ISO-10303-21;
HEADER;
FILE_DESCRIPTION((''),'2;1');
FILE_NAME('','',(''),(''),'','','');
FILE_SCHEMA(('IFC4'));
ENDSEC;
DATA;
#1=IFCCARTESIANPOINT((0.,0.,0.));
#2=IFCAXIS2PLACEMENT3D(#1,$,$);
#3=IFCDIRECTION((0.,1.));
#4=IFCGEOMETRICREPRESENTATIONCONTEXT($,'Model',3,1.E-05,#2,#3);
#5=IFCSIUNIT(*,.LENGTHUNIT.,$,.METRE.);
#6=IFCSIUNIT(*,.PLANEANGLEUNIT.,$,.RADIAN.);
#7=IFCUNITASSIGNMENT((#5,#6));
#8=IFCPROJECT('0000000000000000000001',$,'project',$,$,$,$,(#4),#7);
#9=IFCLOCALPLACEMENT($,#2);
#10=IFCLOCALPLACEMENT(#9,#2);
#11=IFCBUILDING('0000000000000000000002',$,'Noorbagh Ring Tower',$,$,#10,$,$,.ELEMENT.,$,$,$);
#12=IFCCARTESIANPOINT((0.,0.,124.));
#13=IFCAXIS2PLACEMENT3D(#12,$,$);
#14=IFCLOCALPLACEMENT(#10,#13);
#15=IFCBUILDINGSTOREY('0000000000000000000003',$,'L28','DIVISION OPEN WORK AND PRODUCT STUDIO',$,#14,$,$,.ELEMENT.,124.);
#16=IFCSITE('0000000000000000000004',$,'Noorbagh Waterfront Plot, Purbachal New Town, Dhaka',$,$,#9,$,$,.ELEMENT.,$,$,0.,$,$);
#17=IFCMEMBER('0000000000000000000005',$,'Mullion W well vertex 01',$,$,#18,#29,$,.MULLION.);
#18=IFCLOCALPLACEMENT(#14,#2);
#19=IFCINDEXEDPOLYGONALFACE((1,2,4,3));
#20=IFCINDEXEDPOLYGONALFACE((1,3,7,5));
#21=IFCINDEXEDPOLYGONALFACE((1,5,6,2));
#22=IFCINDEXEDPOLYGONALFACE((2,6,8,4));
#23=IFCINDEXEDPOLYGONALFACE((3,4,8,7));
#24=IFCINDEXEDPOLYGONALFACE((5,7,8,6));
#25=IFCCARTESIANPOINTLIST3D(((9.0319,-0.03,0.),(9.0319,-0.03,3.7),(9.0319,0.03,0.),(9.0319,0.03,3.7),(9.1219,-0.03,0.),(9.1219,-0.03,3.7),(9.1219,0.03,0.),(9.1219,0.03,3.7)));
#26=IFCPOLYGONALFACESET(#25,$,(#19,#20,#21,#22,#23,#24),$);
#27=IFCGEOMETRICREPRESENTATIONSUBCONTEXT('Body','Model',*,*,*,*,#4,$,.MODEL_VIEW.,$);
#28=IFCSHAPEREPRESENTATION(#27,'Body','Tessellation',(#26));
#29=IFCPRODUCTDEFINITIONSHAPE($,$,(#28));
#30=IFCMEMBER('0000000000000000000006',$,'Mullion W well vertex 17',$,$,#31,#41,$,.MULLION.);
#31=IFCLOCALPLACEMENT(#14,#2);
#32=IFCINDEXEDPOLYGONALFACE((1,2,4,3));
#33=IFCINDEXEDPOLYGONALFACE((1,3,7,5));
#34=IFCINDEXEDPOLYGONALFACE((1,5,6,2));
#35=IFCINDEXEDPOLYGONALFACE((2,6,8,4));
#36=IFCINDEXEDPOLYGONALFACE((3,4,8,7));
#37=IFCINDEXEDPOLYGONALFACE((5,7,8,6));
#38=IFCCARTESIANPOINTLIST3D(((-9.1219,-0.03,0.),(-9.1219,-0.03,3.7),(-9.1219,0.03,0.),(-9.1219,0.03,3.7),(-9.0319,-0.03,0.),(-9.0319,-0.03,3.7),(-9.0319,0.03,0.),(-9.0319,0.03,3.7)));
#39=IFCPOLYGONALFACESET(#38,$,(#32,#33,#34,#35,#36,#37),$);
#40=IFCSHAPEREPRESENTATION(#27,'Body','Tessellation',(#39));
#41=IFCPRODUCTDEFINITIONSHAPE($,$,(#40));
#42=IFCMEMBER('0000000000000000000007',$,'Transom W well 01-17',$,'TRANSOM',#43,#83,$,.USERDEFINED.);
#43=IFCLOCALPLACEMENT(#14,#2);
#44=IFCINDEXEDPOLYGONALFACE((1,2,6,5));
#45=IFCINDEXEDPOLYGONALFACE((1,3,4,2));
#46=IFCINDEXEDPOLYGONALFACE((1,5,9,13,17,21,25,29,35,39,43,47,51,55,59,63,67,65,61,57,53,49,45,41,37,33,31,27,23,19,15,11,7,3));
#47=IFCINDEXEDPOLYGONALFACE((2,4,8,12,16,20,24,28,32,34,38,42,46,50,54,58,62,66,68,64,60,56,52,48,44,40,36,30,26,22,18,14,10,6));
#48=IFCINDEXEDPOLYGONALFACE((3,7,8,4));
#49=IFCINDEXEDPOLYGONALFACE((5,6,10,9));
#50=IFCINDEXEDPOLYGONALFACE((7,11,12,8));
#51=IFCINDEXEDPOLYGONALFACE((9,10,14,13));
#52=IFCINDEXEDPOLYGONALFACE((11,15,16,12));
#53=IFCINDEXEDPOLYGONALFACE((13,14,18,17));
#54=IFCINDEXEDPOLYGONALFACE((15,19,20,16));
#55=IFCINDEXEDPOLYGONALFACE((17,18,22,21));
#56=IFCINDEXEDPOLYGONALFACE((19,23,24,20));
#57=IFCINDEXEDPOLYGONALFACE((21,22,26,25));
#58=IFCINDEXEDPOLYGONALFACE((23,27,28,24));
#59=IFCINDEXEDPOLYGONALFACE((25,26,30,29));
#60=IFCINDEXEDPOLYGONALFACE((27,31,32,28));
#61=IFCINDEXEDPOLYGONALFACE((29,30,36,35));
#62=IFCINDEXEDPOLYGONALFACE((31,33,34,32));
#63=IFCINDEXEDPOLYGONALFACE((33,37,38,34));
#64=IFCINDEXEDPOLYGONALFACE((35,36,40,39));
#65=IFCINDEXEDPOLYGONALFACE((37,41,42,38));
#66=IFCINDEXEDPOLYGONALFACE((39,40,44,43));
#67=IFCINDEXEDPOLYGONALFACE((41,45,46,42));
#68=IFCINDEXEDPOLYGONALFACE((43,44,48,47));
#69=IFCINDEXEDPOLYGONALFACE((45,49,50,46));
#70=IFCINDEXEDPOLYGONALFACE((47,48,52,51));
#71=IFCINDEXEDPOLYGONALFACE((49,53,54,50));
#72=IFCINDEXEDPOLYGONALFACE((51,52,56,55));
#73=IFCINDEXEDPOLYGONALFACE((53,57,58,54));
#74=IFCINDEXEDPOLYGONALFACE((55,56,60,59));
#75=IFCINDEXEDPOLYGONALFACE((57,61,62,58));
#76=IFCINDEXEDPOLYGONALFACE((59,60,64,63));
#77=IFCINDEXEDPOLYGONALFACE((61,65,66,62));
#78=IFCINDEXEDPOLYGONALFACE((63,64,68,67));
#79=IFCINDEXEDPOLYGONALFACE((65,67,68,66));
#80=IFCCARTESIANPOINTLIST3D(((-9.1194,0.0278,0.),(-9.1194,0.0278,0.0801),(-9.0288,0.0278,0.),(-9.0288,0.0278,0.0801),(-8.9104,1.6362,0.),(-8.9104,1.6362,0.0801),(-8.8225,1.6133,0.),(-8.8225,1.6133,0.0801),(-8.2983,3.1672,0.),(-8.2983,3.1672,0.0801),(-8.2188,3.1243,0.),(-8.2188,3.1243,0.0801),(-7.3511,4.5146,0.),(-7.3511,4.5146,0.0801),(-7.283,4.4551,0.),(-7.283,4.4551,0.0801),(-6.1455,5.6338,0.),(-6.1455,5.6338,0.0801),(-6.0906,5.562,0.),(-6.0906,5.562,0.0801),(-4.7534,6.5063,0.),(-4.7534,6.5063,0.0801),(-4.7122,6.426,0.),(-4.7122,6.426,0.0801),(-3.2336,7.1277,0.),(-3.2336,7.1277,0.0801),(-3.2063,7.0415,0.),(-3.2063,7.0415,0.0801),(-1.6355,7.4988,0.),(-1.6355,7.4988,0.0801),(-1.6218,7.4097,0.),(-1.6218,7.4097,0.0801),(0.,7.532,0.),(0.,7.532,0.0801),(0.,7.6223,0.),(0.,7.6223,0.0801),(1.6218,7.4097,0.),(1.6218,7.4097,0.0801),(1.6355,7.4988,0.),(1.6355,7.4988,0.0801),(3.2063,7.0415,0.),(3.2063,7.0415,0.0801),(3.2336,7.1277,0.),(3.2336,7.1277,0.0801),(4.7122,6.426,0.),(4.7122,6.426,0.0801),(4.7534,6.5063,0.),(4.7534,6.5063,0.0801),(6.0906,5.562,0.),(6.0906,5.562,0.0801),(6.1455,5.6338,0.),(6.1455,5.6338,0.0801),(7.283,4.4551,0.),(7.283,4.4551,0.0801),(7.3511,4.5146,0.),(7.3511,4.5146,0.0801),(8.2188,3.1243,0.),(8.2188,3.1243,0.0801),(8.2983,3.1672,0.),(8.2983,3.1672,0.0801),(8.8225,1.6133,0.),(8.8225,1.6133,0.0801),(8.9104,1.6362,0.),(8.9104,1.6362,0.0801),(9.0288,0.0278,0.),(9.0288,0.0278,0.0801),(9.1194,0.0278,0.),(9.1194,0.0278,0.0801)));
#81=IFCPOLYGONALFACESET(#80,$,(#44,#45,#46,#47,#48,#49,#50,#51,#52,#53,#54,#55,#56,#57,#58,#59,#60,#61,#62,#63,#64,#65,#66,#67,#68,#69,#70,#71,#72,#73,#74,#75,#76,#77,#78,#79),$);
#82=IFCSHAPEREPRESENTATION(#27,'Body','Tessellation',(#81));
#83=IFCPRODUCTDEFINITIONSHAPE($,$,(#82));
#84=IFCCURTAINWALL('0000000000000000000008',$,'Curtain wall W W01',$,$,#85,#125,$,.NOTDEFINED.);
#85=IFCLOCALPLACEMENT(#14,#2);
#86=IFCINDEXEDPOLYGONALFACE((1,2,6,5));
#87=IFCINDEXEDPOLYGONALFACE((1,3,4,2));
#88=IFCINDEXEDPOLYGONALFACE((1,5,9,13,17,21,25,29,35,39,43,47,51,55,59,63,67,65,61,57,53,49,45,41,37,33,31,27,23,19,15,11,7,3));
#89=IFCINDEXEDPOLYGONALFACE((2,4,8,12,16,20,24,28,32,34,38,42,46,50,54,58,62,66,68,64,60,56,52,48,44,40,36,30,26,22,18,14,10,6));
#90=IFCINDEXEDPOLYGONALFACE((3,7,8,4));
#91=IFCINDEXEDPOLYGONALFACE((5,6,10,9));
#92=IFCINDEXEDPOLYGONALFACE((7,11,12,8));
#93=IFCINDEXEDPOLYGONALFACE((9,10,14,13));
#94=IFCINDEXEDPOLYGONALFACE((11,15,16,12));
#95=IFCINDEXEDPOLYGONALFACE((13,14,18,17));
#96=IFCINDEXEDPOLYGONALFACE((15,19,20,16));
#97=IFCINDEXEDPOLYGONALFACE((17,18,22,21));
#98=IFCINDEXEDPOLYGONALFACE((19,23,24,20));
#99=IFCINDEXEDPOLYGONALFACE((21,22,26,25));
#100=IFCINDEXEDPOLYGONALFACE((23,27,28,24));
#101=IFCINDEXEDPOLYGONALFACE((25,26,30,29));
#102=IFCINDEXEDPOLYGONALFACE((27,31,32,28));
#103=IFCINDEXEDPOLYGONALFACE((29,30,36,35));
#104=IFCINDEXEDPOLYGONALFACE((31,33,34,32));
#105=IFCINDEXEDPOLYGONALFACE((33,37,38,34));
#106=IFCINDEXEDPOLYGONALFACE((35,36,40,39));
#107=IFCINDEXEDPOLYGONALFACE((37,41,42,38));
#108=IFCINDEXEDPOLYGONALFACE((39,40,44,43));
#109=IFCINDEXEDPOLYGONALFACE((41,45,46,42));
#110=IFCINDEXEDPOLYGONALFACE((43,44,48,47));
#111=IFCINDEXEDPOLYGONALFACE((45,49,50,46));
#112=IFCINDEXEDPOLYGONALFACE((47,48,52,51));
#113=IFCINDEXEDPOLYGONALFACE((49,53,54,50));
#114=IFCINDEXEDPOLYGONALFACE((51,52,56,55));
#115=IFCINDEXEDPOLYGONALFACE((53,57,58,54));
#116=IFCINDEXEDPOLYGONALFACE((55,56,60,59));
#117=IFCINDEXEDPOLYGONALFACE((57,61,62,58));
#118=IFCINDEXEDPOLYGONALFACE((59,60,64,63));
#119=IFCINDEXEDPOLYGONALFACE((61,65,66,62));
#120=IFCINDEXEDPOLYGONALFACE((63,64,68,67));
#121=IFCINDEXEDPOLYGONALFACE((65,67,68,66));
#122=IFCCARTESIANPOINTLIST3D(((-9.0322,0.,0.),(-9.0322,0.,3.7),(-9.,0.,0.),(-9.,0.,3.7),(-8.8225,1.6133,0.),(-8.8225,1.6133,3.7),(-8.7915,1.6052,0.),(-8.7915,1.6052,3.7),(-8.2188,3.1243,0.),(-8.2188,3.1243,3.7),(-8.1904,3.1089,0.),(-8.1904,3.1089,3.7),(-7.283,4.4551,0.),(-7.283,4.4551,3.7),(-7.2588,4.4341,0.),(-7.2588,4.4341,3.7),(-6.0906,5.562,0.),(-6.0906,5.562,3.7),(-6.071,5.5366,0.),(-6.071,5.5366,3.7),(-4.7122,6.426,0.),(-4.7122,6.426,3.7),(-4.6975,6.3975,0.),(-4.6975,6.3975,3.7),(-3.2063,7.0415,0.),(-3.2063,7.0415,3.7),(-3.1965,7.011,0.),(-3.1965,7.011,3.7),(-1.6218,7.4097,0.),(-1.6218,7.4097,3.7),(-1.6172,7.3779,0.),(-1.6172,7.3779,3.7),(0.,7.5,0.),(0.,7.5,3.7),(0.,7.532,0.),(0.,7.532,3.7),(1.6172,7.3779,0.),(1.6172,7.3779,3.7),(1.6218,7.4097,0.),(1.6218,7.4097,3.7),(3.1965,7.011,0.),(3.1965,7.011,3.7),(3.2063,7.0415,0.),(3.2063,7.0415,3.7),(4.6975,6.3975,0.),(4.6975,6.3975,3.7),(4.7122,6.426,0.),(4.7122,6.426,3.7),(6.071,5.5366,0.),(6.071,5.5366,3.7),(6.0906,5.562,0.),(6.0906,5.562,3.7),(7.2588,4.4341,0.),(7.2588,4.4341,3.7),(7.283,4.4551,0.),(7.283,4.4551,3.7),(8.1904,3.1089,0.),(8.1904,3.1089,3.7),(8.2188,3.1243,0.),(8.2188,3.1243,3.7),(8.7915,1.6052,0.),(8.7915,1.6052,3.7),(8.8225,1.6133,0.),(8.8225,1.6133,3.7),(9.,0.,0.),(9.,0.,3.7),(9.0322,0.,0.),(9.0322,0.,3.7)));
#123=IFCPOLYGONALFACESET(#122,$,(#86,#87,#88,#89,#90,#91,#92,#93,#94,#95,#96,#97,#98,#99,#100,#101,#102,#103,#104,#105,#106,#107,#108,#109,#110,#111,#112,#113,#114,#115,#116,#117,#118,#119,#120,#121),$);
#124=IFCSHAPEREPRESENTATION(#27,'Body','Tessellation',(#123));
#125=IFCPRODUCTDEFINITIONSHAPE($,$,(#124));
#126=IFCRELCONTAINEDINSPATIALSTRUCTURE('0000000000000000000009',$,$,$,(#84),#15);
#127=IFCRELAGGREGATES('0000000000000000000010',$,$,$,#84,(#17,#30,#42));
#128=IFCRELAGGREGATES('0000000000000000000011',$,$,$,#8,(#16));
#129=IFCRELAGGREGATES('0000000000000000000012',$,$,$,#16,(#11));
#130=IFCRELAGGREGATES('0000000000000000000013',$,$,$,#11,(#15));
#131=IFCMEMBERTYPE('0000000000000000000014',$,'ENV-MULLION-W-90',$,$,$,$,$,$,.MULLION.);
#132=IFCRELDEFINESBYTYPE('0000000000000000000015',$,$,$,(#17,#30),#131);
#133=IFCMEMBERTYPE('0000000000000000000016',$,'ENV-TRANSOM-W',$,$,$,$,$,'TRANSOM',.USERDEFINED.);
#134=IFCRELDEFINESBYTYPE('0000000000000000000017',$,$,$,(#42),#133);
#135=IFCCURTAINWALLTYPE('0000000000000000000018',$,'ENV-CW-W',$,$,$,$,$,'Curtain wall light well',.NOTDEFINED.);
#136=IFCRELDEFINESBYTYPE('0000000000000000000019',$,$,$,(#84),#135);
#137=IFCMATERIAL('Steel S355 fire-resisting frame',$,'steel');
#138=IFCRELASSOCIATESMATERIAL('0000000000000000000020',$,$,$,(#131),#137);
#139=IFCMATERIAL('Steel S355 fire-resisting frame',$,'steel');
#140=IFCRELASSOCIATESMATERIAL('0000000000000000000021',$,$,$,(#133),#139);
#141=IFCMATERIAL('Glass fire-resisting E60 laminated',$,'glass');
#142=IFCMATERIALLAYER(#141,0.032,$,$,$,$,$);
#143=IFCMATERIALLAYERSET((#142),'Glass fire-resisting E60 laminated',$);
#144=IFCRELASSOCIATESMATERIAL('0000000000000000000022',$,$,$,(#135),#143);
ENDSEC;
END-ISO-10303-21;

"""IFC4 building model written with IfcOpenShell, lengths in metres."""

from ifc_helpers import new_model, si_unit, direction, frame, origin, origin_2d, place, context, subcontext, project, spatial, polyline, rectangle, outline, extrude, material, layer, layer_set, material_profile, profile_set, type_object, element, aggregate, save


model = new_model("IFC4")

# Units and contexts
model_context = context("Model", 3, precision=1e-05, world=origin(), true_north=direction((0.0, 1.0)))
body_context = subcontext(model_context, "Body", "Model", "MODEL_VIEW")
ifc_project = project(units=[si_unit("LENGTHUNIT", "METRE"), si_unit("PLANEANGLEUNIT", "RADIAN")], contexts=[model_context])

# Members
site_placement = place(None, origin())
building_placement = place(site_placement, origin())
storey_placement = place(building_placement, frame((0.0, 0.0, 124.0)))
ifc_material_1 = material(Name="Steel S355 fire-resisting frame", Category="steel")
ifc_material_profile_1 = material_profile(ifc_material_1, rectangle(XDim=0.0901, YDim=0.0601, at=origin_2d()), Name="90x60")
ifc_profile_set_1 = profile_set([ifc_material_profile_1], Name="Steel S355 fire-resisting frame")
member_type_1 = type_object("IfcMemberType", Name="ENV-MULLION-W-90", PredefinedType="MULLION", material=ifc_profile_set_1)
member_1_placement = place(storey_placement, frame((9.0769, 0.0, 0.0), z_axis=(0.0, 0.0, 1.0), x_axis=(1.0, 0.0, 0.0)))
member_1 = element("IfcMember", 1, at=member_1_placement, type_object=member_type_1, Name="Mullion W well vertex 01", PredefinedType="MULLION", context=body_context, shape_type="SweptSolid", body=[
    extrude(rectangle(XDim=0.0901, YDim=0.0601, at=origin_2d()), origin(), (0.0, 0.0, 1.0), 3.7),
])
member_2_placement = place(storey_placement, frame((-9.0769, 0.0, 0.0), z_axis=(0.0, 0.0, 1.0), x_axis=(-1.0, 0.0, 0.0)))
member_2 = element("IfcMember", 2, at=member_2_placement, type_object=member_type_1, Name="Mullion W well vertex 17", PredefinedType="MULLION", context=body_context, shape_type="SweptSolid", body=[
    extrude(rectangle(XDim=0.0901, YDim=0.0601, at=origin_2d()), origin(), (0.0, 0.0, 1.0), 3.7),
])
ifc_material_2 = material(Name="Steel S355 fire-resisting frame", Category="steel")
member_type_2 = type_object("IfcMemberType", Name="ENV-TRANSOM-W", ElementType="TRANSOM", PredefinedType="USERDEFINED", material=ifc_material_2)
member_3_placement = place(storey_placement, origin())
member_3 = element("IfcMember", 3, at=member_3_placement, type_object=member_type_2, Name="Transom W well 01-17", ObjectType="TRANSOM", PredefinedType="USERDEFINED", context=body_context, shape_type="SweptSolid", body=[
    extrude(outline(polyline([(9.1194, 0.0278), (8.9104, 1.6362), (8.2983, 3.1672), (7.3511, 4.5146), (6.1455, 5.6338), (4.7534, 6.5063), (3.2336, 7.1277), (1.6355, 7.4988), (0.0, 7.6223), (-1.6355, 7.4988), (-3.2336, 7.1277), (-4.7534, 6.5063), (-6.1455, 5.6338), (-7.3511, 4.5146), (-8.2983, 3.1672), (-8.9104, 1.6362), (-9.1194, 0.0278), (-9.0288, 0.0278), (-8.8225, 1.6133), (-8.2188, 3.1243), (-7.283, 4.4551), (-6.0906, 5.562), (-4.7122, 6.426), (-3.2063, 7.0415), (-1.6218, 7.4097), (0.0, 7.532), (1.6218, 7.4097), (3.2063, 7.0415), (4.7122, 6.426), (6.0906, 5.562), (7.283, 4.4551), (8.2188, 3.1243), (8.8225, 1.6133), (9.0288, 0.0278), (9.1194, 0.0278)])), origin(), (0.0, 0.0, 1.0), 0.0801),
])

# Site, building, storey
site = spatial("IfcSite", under=ifc_project, at=site_placement, Name="Noorbagh Waterfront Plot, Purbachal New Town, Dhaka", CompositionType="ELEMENT", RefElevation=0.0)
building = spatial("IfcBuilding", under=site, at=building_placement, Name="Noorbagh Ring Tower", CompositionType="ELEMENT")
storey = spatial("IfcBuildingStorey", under=building, at=storey_placement, Name="L28", Description="DIVISION OPEN WORK AND PRODUCT STUDIO", CompositionType="ELEMENT", Elevation=124.0)

# Curtain wall
ifc_material_3 = material(Name="Glass fire-resisting E60 laminated", Category="glass")
ifc_layer_1 = layer(ifc_material_3, 0.032)
ifc_layer_set_1 = layer_set([ifc_layer_1], Name="Glass fire-resisting E60 laminated")
curtain_wall_type_1 = type_object("IfcCurtainWallType", Name="ENV-CW-W", ElementType="Curtain wall light well", PredefinedType="NOTDEFINED", material=ifc_layer_set_1)
curtain_wall_1_placement = place(storey_placement, origin())
curtain_wall_1 = element("IfcCurtainWall", 4, at=curtain_wall_1_placement, inside=storey, type_object=curtain_wall_type_1, Name="Curtain wall W W01", PredefinedType="NOTDEFINED", context=body_context, shape_type="SweptSolid", body=[
    extrude(outline(polyline([(9.0322, 0.0), (8.8225, 1.6133), (8.2188, 3.1243), (7.283, 4.4551), (6.0906, 5.562), (4.7122, 6.426), (3.2063, 7.0415), (1.6218, 7.4097), (0.0, 7.532), (-1.6218, 7.4097), (-3.2063, 7.0415), (-4.7122, 6.426), (-6.0906, 5.562), (-7.283, 4.4551), (-8.2188, 3.1243), (-8.8225, 1.6133), (-9.0322, 0.0), (-9.0, 0.0), (-8.7915, 1.6052), (-8.1904, 3.1089), (-7.2588, 4.4341), (-6.071, 5.5366), (-4.6975, 6.3975), (-3.1965, 7.011), (-1.6172, 7.3779), (0.0, 7.5), (1.6172, 7.3779), (3.1965, 7.011), (4.6975, 6.3975), (6.071, 5.5366), (7.2588, 4.4341), (8.1904, 3.1089), (8.7915, 1.6052), (9.0, 0.0), (9.0322, 0.0)])), origin(), (0.0, 0.0, 1.0), 3.7),
])
aggregate(curtain_wall_1, [member_1, member_2, member_3])

save(model, "model.ifc")
